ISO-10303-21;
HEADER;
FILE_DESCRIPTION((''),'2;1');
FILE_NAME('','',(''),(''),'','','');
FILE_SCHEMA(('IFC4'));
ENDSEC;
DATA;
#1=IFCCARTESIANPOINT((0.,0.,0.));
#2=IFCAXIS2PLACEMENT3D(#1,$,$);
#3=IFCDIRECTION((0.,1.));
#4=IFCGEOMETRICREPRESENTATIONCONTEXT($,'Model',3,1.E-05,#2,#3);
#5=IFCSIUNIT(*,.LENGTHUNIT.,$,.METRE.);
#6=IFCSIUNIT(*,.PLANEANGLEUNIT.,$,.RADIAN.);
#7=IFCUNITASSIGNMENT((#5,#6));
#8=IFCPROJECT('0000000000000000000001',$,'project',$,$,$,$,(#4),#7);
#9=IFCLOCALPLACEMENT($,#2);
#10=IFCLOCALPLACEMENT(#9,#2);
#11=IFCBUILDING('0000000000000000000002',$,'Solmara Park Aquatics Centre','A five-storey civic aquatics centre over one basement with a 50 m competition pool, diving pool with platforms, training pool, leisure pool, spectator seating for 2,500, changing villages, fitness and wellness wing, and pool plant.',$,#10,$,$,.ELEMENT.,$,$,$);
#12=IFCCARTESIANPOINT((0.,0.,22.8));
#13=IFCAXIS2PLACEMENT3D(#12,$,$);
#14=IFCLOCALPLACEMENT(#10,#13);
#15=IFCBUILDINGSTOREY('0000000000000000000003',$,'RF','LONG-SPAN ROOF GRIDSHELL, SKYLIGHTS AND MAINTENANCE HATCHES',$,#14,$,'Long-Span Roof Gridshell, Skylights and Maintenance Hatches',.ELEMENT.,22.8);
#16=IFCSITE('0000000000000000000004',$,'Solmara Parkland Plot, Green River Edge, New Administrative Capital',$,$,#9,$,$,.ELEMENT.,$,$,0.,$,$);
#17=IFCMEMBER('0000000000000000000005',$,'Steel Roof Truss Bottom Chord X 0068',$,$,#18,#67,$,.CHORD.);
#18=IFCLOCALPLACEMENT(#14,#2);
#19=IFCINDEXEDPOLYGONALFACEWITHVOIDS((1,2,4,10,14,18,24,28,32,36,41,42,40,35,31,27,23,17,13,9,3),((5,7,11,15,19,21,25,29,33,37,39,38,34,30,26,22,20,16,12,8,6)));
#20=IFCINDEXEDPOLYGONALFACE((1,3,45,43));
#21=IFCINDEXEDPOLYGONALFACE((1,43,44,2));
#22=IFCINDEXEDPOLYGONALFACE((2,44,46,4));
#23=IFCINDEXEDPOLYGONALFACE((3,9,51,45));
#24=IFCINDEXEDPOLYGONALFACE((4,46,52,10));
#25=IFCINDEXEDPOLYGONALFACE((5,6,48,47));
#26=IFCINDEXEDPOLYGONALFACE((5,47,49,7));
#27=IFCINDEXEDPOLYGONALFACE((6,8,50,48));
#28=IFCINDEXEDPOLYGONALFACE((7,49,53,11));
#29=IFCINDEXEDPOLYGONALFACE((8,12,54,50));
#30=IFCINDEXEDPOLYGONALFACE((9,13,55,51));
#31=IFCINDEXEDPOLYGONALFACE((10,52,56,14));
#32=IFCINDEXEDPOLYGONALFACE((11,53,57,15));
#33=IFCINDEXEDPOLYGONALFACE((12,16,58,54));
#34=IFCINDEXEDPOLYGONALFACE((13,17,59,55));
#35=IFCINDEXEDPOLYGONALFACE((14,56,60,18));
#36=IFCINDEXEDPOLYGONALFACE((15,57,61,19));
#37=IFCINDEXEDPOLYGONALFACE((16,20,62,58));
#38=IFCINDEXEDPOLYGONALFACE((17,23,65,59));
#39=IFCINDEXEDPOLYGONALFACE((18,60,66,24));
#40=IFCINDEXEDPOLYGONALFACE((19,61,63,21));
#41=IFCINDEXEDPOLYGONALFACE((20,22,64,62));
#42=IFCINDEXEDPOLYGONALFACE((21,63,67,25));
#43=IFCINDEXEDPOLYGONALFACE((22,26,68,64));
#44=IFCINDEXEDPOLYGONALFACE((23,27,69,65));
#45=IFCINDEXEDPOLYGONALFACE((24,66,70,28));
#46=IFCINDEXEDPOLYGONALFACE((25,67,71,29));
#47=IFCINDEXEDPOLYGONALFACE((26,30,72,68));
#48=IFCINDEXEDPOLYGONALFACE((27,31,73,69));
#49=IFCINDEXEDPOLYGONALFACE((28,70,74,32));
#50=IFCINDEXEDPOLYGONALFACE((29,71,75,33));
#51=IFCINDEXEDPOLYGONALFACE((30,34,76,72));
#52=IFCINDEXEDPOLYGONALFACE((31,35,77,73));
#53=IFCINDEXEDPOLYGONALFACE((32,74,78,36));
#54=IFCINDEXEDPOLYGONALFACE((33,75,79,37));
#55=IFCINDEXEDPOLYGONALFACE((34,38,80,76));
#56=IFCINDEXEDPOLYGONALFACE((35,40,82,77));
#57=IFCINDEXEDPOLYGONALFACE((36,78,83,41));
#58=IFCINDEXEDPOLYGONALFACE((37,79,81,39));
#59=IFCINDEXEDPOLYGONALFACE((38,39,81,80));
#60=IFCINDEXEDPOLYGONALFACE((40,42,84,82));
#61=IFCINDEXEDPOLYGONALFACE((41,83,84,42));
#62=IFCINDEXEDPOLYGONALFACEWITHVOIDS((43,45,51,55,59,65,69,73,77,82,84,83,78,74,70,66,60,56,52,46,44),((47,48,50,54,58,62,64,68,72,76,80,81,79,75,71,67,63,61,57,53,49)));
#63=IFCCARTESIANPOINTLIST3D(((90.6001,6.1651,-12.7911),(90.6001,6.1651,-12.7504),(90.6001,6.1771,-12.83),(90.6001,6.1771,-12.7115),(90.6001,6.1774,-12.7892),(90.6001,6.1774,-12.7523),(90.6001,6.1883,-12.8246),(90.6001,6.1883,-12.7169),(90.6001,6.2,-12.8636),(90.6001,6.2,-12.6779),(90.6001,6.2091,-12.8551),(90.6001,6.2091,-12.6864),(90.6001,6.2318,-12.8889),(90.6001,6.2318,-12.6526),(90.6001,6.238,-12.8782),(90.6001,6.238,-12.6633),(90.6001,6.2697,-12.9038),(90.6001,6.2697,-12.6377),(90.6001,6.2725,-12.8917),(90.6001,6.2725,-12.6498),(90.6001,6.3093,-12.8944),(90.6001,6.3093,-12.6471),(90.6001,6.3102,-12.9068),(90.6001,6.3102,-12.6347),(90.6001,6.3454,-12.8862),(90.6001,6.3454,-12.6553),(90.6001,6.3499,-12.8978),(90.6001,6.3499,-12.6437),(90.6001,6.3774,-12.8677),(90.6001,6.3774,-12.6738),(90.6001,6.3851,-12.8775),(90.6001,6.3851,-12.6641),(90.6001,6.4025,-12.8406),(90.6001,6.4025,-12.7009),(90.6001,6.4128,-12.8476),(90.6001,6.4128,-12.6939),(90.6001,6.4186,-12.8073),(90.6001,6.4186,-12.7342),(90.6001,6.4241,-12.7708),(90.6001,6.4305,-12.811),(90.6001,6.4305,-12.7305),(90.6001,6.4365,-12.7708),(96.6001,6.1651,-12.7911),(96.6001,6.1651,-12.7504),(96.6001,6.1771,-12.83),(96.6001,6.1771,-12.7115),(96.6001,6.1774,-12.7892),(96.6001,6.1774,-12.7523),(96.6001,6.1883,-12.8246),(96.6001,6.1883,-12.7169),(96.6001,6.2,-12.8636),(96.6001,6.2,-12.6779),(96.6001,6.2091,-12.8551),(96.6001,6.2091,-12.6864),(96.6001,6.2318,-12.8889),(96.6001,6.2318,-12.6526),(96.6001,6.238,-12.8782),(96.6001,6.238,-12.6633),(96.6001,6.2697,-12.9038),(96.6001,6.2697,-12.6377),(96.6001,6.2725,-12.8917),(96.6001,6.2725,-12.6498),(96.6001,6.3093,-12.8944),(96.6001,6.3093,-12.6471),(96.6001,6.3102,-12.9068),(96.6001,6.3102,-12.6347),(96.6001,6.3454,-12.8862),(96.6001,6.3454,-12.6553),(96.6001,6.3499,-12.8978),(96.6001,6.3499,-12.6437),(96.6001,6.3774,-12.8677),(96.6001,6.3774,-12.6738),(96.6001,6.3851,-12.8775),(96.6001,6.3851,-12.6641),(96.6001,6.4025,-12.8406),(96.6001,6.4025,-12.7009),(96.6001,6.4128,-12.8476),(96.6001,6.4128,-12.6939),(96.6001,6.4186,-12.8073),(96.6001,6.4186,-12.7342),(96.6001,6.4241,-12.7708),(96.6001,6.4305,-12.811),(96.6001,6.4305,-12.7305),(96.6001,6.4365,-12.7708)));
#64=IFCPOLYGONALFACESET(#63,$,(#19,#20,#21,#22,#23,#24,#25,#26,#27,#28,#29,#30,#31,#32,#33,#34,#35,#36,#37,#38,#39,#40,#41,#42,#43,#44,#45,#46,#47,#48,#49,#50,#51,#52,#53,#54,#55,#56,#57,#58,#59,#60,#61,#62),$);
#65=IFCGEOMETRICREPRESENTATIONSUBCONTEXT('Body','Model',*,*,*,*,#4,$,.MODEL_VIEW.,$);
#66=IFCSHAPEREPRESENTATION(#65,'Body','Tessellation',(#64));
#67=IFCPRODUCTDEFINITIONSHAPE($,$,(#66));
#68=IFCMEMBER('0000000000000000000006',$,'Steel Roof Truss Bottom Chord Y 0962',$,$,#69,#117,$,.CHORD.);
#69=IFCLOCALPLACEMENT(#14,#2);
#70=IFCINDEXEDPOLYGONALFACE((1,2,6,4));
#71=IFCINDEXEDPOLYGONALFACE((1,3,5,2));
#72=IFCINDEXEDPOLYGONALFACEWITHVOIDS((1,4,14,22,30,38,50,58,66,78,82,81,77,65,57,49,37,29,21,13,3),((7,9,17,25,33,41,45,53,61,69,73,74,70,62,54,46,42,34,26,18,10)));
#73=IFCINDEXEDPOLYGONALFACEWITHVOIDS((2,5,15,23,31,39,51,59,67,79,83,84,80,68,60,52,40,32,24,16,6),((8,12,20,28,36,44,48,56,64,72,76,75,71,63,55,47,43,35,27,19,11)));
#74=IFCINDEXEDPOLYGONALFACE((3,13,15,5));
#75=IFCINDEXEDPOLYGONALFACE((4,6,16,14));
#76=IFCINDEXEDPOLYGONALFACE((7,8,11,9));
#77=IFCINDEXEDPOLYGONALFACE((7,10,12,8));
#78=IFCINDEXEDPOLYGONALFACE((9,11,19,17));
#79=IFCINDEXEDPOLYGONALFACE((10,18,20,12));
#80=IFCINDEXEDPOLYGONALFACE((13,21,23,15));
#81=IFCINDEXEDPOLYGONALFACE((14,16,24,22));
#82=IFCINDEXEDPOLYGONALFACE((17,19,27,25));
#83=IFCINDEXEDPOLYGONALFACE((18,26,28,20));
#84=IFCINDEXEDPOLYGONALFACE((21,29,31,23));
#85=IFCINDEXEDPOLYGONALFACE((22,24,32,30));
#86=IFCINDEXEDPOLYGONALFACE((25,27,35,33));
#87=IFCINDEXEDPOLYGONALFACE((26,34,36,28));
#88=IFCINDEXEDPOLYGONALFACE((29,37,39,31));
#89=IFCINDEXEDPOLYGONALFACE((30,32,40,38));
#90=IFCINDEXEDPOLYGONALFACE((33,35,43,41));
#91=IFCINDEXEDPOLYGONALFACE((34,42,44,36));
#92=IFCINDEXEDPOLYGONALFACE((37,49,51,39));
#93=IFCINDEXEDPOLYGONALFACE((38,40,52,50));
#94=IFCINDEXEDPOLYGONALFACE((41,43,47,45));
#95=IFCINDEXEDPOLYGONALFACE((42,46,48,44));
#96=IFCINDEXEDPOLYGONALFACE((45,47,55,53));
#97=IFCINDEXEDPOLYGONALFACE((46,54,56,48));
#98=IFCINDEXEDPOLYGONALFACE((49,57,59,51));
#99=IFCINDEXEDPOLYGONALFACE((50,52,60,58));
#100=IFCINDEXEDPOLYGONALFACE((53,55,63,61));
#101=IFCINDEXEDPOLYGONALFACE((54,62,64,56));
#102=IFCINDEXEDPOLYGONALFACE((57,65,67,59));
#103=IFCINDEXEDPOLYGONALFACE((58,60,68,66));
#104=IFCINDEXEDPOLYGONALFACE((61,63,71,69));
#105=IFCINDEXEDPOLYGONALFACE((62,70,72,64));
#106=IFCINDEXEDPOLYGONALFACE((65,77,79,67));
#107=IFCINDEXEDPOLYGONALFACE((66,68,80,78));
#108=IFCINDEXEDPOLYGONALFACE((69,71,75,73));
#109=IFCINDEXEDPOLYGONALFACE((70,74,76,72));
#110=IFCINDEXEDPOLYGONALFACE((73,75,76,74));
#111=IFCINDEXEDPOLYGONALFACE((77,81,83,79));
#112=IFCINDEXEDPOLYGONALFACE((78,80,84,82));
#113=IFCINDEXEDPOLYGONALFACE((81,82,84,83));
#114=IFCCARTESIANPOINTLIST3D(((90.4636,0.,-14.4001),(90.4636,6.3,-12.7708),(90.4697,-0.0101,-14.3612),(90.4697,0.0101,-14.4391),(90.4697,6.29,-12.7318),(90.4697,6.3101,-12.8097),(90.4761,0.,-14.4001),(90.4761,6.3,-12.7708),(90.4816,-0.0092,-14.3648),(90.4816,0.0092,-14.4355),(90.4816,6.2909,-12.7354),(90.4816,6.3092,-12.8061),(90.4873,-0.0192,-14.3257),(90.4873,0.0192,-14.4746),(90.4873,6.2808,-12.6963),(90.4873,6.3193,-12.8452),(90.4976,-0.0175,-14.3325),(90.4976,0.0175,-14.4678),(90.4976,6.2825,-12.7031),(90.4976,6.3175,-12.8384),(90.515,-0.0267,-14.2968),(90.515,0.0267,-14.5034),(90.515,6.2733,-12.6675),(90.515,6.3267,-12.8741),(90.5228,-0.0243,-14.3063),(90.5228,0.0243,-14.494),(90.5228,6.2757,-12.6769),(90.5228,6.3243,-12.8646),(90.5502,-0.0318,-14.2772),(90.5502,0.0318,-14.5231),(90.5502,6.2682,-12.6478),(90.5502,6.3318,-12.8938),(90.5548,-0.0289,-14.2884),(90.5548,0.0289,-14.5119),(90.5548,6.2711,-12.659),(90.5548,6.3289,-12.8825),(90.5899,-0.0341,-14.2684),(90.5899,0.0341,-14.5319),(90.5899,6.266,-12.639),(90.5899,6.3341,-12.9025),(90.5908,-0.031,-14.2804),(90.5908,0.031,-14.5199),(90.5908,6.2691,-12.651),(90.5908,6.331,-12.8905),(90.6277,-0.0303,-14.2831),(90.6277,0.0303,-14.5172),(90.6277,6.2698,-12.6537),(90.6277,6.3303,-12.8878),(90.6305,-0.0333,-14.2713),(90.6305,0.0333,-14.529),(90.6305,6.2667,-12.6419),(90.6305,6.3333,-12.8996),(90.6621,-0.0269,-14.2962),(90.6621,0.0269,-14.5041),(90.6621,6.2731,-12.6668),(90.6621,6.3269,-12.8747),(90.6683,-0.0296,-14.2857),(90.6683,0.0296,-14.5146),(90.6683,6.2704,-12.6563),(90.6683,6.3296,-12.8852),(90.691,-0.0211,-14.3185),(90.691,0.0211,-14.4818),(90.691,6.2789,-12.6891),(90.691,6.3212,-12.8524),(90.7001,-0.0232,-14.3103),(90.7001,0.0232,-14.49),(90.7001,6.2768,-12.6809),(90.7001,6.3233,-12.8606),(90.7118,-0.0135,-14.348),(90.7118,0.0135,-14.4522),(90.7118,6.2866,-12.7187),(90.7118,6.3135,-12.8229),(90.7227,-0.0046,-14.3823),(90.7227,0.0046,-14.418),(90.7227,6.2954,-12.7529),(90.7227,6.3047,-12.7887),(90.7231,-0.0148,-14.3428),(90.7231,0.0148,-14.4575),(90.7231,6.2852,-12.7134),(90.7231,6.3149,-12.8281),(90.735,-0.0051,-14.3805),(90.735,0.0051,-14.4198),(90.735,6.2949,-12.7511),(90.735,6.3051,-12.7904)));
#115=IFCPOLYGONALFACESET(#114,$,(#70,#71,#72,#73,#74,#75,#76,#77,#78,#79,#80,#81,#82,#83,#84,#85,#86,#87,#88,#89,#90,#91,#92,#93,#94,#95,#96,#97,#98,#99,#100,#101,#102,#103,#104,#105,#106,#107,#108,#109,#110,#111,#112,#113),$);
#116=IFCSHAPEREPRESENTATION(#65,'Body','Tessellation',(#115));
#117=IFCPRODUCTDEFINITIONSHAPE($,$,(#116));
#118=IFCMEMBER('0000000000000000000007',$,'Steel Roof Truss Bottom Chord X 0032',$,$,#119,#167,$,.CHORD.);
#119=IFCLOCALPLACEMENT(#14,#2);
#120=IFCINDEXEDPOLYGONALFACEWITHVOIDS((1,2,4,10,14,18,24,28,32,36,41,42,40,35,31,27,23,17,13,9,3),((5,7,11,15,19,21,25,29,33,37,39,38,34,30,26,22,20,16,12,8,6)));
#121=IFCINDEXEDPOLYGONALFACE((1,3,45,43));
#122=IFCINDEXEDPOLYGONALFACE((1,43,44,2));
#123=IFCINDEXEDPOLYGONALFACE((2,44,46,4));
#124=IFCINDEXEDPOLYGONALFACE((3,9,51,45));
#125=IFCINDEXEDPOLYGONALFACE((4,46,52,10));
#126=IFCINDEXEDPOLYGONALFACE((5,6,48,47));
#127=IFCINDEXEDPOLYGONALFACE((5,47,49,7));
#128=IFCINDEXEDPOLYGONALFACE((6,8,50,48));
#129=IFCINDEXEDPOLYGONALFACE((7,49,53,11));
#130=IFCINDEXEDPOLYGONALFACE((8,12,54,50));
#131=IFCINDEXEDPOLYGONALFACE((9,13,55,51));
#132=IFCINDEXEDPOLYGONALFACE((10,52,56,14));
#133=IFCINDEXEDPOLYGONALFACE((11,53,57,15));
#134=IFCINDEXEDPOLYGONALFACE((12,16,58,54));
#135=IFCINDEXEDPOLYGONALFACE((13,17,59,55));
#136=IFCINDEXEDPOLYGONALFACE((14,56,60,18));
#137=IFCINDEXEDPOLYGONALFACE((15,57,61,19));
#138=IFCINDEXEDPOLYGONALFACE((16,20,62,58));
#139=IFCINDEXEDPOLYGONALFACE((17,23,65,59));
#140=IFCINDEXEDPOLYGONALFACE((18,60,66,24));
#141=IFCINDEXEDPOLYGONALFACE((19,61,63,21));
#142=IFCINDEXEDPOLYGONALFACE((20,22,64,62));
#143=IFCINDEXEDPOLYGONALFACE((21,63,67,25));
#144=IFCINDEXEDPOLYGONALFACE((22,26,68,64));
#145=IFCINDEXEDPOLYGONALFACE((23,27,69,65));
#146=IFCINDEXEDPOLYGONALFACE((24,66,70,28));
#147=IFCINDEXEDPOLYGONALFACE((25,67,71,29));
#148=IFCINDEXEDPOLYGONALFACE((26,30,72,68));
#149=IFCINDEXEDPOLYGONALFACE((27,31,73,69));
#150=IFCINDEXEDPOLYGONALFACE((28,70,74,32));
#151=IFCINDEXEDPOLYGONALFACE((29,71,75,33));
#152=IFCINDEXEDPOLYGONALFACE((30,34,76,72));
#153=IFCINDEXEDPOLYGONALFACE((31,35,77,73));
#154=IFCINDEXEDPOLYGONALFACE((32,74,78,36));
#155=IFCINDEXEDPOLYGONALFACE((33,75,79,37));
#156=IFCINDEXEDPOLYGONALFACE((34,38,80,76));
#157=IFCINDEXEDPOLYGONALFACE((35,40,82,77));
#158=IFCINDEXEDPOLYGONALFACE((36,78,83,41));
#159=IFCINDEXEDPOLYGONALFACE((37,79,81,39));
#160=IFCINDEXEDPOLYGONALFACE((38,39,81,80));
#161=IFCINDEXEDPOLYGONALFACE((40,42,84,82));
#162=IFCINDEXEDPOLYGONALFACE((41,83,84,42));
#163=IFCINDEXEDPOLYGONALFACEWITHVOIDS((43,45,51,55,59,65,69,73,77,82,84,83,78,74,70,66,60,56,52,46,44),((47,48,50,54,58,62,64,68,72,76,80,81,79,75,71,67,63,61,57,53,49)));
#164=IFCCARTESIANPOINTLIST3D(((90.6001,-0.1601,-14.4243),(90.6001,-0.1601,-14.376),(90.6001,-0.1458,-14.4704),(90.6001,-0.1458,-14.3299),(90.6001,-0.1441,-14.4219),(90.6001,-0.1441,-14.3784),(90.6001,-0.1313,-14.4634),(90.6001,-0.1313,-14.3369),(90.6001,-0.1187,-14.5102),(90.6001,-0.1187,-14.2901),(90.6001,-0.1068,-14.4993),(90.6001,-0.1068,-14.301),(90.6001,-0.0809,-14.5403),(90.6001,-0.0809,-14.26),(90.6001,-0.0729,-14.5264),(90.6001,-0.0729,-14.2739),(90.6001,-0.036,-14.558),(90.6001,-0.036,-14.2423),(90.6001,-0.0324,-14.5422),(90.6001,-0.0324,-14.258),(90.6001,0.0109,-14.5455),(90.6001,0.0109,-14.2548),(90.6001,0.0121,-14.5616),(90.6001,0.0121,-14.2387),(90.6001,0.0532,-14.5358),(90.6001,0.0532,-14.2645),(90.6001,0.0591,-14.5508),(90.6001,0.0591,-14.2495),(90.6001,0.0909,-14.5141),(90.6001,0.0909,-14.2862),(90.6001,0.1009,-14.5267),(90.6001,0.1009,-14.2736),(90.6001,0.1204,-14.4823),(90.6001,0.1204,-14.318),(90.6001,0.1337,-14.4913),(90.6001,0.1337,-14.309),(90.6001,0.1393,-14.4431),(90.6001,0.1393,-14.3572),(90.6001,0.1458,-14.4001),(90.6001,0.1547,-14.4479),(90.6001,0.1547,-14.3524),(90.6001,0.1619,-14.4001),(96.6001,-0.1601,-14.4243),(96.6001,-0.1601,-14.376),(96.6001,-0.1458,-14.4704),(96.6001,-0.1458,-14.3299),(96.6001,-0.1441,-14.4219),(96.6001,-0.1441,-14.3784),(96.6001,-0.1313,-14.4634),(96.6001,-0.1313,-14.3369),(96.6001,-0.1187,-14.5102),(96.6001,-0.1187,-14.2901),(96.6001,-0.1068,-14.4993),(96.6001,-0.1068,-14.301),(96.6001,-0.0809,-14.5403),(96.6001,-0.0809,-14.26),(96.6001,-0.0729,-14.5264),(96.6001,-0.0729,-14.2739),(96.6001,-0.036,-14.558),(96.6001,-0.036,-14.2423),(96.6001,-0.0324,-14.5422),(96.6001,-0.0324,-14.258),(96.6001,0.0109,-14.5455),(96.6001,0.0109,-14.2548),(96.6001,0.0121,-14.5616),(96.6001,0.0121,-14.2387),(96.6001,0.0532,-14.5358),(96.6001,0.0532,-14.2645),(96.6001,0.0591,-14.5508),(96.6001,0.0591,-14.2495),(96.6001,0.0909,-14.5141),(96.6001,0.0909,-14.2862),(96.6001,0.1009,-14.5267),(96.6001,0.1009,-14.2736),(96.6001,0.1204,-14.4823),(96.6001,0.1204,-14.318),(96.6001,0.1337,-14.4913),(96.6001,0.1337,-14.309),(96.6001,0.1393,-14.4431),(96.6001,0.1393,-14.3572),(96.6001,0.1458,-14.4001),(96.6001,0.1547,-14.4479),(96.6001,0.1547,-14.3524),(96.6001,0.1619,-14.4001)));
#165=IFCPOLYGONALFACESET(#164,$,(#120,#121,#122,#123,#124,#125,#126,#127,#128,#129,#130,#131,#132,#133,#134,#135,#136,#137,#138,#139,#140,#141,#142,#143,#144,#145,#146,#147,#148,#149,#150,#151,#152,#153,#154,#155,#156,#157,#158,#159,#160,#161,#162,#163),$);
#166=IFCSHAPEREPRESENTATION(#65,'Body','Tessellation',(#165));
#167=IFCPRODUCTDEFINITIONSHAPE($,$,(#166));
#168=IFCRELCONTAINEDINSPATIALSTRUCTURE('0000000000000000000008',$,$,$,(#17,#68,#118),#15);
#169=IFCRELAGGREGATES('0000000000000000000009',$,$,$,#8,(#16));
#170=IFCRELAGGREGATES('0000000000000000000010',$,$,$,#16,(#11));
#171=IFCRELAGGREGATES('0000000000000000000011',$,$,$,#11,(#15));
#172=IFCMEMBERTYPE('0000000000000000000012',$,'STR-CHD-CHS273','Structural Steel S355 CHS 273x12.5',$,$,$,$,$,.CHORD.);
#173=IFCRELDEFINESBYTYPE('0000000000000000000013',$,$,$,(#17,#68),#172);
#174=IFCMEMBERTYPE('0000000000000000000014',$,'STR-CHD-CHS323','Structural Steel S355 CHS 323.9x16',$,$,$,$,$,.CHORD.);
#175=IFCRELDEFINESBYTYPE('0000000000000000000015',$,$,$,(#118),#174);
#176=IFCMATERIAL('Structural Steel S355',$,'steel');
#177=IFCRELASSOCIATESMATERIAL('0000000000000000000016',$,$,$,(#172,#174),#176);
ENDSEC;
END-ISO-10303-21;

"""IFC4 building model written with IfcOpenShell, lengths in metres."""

from ifc_helpers import new_model, si_unit, direction, frame, origin, origin_2d, place, context, subcontext, project, spatial, hollow_circle, extrude, material, material_profile, profile_set, type_object, element, save


model = new_model("IFC4")

# Units and contexts
model_context = context("Model", 3, precision=1e-05, world=origin(), true_north=direction((0.0, 1.0)))
body_context = subcontext(model_context, "Body", "Model", "MODEL_VIEW")
ifc_project = project(units=[si_unit("LENGTHUNIT", "METRE"), si_unit("PLANEANGLEUNIT", "RADIAN")], contexts=[model_context])

# Site, building, storey
site_placement = place(None, origin())
site = spatial("IfcSite", under=ifc_project, at=site_placement, Name="Solmara Parkland Plot, Green River Edge, New Administrative Capital", CompositionType="ELEMENT", RefElevation=0.0)
building_placement = place(site_placement, origin())
building = spatial("IfcBuilding", under=site, at=building_placement, Name="Solmara Park Aquatics Centre", Description="A five-storey civic aquatics centre over one basement with a 50 m competition pool, diving pool with platforms, training pool, leisure pool, spectator seating for 2,500, changing villages, fitness and wellness wing, and pool plant.", CompositionType="ELEMENT")
storey_placement = place(building_placement, frame((0.0, 0.0, 22.8)))
storey = spatial("IfcBuildingStorey", under=building, at=storey_placement, Name="RF", Description="LONG-SPAN ROOF GRIDSHELL, SKYLIGHTS AND MAINTENANCE HATCHES", LongName="Long-Span Roof Gridshell, Skylights and Maintenance Hatches", CompositionType="ELEMENT", Elevation=22.8)

# Members
ifc_material_1 = material(Name="Structural Steel S355", Category="steel")
ifc_material_profile_1 = material_profile(ifc_material_1, hollow_circle(Radius=0.1365, WallThickness=0.0125, at=origin_2d()), Name="CHS 273x12.5")
ifc_profile_set_1 = profile_set([ifc_material_profile_1], Name="Structural Steel S355")
member_type_1 = type_object("IfcMemberType", Name="STR-CHD-CHS273", Description="Structural Steel S355 CHS 273x12.5", PredefinedType="CHORD", material=ifc_profile_set_1)
for number, where, z_axis, x_axis, name in (
    (1, (90.6001, 6.3, -12.7708), (1.0, 0.0, 0.0), (0.0, 1.0, 0.0), "Steel Roof Truss Bottom Chord X 0068"),
):
    element("IfcMember", number, at=place(storey_placement, frame(where, z_axis=z_axis, x_axis=x_axis)), inside=storey, type_object=member_type_1, Name=name, PredefinedType="CHORD", context=body_context, shape_type="SweptSolid", body=[
        extrude(hollow_circle(Radius=0.1365, WallThickness=0.0125, at=origin_2d()), origin(), (0.0, 0.0, 1.0), 6.0),
    ])
member_1_placement = place(storey_placement, frame((90.6001, 0.0, -14.4001), z_axis=(0.0, 0.968144, 0.250393), x_axis=(-1.0, 0.0, 0.0)))
element("IfcMember", 2, at=member_1_placement, inside=storey, type_object=member_type_1, Name="Steel Roof Truss Bottom Chord Y 0962", PredefinedType="CHORD", context=body_context, shape_type="SweptSolid", body=[
    extrude(hollow_circle(Radius=0.1365, WallThickness=0.0125, at=origin_2d()), origin(), (0.0, 0.0, 1.0), 6.5073),
])
ifc_material_profile_2 = material_profile(ifc_material_1, hollow_circle(Radius=0.1619, WallThickness=0.0161, at=origin_2d()), Name="CHS 323.9x16")
ifc_profile_set_2 = profile_set([ifc_material_profile_2], Name="Structural Steel S355")
member_type_2 = type_object("IfcMemberType", Name="STR-CHD-CHS323", Description="Structural Steel S355 CHS 323.9x16", PredefinedType="CHORD", material=ifc_profile_set_2)
member_2_placement = place(storey_placement, frame((90.6001, 0.0, -14.4001), z_axis=(1.0, 0.0, 0.0), x_axis=(0.0, 1.0, 0.0)))
element("IfcMember", 3, at=member_2_placement, inside=storey, type_object=member_type_2, Name="Steel Roof Truss Bottom Chord X 0032", PredefinedType="CHORD", context=body_context, shape_type="SweptSolid", body=[
    extrude(hollow_circle(Radius=0.1619, WallThickness=0.0161, at=origin_2d()), origin(), (0.0, 0.0, 1.0), 6.0),
])

save(model, "model.ifc")
